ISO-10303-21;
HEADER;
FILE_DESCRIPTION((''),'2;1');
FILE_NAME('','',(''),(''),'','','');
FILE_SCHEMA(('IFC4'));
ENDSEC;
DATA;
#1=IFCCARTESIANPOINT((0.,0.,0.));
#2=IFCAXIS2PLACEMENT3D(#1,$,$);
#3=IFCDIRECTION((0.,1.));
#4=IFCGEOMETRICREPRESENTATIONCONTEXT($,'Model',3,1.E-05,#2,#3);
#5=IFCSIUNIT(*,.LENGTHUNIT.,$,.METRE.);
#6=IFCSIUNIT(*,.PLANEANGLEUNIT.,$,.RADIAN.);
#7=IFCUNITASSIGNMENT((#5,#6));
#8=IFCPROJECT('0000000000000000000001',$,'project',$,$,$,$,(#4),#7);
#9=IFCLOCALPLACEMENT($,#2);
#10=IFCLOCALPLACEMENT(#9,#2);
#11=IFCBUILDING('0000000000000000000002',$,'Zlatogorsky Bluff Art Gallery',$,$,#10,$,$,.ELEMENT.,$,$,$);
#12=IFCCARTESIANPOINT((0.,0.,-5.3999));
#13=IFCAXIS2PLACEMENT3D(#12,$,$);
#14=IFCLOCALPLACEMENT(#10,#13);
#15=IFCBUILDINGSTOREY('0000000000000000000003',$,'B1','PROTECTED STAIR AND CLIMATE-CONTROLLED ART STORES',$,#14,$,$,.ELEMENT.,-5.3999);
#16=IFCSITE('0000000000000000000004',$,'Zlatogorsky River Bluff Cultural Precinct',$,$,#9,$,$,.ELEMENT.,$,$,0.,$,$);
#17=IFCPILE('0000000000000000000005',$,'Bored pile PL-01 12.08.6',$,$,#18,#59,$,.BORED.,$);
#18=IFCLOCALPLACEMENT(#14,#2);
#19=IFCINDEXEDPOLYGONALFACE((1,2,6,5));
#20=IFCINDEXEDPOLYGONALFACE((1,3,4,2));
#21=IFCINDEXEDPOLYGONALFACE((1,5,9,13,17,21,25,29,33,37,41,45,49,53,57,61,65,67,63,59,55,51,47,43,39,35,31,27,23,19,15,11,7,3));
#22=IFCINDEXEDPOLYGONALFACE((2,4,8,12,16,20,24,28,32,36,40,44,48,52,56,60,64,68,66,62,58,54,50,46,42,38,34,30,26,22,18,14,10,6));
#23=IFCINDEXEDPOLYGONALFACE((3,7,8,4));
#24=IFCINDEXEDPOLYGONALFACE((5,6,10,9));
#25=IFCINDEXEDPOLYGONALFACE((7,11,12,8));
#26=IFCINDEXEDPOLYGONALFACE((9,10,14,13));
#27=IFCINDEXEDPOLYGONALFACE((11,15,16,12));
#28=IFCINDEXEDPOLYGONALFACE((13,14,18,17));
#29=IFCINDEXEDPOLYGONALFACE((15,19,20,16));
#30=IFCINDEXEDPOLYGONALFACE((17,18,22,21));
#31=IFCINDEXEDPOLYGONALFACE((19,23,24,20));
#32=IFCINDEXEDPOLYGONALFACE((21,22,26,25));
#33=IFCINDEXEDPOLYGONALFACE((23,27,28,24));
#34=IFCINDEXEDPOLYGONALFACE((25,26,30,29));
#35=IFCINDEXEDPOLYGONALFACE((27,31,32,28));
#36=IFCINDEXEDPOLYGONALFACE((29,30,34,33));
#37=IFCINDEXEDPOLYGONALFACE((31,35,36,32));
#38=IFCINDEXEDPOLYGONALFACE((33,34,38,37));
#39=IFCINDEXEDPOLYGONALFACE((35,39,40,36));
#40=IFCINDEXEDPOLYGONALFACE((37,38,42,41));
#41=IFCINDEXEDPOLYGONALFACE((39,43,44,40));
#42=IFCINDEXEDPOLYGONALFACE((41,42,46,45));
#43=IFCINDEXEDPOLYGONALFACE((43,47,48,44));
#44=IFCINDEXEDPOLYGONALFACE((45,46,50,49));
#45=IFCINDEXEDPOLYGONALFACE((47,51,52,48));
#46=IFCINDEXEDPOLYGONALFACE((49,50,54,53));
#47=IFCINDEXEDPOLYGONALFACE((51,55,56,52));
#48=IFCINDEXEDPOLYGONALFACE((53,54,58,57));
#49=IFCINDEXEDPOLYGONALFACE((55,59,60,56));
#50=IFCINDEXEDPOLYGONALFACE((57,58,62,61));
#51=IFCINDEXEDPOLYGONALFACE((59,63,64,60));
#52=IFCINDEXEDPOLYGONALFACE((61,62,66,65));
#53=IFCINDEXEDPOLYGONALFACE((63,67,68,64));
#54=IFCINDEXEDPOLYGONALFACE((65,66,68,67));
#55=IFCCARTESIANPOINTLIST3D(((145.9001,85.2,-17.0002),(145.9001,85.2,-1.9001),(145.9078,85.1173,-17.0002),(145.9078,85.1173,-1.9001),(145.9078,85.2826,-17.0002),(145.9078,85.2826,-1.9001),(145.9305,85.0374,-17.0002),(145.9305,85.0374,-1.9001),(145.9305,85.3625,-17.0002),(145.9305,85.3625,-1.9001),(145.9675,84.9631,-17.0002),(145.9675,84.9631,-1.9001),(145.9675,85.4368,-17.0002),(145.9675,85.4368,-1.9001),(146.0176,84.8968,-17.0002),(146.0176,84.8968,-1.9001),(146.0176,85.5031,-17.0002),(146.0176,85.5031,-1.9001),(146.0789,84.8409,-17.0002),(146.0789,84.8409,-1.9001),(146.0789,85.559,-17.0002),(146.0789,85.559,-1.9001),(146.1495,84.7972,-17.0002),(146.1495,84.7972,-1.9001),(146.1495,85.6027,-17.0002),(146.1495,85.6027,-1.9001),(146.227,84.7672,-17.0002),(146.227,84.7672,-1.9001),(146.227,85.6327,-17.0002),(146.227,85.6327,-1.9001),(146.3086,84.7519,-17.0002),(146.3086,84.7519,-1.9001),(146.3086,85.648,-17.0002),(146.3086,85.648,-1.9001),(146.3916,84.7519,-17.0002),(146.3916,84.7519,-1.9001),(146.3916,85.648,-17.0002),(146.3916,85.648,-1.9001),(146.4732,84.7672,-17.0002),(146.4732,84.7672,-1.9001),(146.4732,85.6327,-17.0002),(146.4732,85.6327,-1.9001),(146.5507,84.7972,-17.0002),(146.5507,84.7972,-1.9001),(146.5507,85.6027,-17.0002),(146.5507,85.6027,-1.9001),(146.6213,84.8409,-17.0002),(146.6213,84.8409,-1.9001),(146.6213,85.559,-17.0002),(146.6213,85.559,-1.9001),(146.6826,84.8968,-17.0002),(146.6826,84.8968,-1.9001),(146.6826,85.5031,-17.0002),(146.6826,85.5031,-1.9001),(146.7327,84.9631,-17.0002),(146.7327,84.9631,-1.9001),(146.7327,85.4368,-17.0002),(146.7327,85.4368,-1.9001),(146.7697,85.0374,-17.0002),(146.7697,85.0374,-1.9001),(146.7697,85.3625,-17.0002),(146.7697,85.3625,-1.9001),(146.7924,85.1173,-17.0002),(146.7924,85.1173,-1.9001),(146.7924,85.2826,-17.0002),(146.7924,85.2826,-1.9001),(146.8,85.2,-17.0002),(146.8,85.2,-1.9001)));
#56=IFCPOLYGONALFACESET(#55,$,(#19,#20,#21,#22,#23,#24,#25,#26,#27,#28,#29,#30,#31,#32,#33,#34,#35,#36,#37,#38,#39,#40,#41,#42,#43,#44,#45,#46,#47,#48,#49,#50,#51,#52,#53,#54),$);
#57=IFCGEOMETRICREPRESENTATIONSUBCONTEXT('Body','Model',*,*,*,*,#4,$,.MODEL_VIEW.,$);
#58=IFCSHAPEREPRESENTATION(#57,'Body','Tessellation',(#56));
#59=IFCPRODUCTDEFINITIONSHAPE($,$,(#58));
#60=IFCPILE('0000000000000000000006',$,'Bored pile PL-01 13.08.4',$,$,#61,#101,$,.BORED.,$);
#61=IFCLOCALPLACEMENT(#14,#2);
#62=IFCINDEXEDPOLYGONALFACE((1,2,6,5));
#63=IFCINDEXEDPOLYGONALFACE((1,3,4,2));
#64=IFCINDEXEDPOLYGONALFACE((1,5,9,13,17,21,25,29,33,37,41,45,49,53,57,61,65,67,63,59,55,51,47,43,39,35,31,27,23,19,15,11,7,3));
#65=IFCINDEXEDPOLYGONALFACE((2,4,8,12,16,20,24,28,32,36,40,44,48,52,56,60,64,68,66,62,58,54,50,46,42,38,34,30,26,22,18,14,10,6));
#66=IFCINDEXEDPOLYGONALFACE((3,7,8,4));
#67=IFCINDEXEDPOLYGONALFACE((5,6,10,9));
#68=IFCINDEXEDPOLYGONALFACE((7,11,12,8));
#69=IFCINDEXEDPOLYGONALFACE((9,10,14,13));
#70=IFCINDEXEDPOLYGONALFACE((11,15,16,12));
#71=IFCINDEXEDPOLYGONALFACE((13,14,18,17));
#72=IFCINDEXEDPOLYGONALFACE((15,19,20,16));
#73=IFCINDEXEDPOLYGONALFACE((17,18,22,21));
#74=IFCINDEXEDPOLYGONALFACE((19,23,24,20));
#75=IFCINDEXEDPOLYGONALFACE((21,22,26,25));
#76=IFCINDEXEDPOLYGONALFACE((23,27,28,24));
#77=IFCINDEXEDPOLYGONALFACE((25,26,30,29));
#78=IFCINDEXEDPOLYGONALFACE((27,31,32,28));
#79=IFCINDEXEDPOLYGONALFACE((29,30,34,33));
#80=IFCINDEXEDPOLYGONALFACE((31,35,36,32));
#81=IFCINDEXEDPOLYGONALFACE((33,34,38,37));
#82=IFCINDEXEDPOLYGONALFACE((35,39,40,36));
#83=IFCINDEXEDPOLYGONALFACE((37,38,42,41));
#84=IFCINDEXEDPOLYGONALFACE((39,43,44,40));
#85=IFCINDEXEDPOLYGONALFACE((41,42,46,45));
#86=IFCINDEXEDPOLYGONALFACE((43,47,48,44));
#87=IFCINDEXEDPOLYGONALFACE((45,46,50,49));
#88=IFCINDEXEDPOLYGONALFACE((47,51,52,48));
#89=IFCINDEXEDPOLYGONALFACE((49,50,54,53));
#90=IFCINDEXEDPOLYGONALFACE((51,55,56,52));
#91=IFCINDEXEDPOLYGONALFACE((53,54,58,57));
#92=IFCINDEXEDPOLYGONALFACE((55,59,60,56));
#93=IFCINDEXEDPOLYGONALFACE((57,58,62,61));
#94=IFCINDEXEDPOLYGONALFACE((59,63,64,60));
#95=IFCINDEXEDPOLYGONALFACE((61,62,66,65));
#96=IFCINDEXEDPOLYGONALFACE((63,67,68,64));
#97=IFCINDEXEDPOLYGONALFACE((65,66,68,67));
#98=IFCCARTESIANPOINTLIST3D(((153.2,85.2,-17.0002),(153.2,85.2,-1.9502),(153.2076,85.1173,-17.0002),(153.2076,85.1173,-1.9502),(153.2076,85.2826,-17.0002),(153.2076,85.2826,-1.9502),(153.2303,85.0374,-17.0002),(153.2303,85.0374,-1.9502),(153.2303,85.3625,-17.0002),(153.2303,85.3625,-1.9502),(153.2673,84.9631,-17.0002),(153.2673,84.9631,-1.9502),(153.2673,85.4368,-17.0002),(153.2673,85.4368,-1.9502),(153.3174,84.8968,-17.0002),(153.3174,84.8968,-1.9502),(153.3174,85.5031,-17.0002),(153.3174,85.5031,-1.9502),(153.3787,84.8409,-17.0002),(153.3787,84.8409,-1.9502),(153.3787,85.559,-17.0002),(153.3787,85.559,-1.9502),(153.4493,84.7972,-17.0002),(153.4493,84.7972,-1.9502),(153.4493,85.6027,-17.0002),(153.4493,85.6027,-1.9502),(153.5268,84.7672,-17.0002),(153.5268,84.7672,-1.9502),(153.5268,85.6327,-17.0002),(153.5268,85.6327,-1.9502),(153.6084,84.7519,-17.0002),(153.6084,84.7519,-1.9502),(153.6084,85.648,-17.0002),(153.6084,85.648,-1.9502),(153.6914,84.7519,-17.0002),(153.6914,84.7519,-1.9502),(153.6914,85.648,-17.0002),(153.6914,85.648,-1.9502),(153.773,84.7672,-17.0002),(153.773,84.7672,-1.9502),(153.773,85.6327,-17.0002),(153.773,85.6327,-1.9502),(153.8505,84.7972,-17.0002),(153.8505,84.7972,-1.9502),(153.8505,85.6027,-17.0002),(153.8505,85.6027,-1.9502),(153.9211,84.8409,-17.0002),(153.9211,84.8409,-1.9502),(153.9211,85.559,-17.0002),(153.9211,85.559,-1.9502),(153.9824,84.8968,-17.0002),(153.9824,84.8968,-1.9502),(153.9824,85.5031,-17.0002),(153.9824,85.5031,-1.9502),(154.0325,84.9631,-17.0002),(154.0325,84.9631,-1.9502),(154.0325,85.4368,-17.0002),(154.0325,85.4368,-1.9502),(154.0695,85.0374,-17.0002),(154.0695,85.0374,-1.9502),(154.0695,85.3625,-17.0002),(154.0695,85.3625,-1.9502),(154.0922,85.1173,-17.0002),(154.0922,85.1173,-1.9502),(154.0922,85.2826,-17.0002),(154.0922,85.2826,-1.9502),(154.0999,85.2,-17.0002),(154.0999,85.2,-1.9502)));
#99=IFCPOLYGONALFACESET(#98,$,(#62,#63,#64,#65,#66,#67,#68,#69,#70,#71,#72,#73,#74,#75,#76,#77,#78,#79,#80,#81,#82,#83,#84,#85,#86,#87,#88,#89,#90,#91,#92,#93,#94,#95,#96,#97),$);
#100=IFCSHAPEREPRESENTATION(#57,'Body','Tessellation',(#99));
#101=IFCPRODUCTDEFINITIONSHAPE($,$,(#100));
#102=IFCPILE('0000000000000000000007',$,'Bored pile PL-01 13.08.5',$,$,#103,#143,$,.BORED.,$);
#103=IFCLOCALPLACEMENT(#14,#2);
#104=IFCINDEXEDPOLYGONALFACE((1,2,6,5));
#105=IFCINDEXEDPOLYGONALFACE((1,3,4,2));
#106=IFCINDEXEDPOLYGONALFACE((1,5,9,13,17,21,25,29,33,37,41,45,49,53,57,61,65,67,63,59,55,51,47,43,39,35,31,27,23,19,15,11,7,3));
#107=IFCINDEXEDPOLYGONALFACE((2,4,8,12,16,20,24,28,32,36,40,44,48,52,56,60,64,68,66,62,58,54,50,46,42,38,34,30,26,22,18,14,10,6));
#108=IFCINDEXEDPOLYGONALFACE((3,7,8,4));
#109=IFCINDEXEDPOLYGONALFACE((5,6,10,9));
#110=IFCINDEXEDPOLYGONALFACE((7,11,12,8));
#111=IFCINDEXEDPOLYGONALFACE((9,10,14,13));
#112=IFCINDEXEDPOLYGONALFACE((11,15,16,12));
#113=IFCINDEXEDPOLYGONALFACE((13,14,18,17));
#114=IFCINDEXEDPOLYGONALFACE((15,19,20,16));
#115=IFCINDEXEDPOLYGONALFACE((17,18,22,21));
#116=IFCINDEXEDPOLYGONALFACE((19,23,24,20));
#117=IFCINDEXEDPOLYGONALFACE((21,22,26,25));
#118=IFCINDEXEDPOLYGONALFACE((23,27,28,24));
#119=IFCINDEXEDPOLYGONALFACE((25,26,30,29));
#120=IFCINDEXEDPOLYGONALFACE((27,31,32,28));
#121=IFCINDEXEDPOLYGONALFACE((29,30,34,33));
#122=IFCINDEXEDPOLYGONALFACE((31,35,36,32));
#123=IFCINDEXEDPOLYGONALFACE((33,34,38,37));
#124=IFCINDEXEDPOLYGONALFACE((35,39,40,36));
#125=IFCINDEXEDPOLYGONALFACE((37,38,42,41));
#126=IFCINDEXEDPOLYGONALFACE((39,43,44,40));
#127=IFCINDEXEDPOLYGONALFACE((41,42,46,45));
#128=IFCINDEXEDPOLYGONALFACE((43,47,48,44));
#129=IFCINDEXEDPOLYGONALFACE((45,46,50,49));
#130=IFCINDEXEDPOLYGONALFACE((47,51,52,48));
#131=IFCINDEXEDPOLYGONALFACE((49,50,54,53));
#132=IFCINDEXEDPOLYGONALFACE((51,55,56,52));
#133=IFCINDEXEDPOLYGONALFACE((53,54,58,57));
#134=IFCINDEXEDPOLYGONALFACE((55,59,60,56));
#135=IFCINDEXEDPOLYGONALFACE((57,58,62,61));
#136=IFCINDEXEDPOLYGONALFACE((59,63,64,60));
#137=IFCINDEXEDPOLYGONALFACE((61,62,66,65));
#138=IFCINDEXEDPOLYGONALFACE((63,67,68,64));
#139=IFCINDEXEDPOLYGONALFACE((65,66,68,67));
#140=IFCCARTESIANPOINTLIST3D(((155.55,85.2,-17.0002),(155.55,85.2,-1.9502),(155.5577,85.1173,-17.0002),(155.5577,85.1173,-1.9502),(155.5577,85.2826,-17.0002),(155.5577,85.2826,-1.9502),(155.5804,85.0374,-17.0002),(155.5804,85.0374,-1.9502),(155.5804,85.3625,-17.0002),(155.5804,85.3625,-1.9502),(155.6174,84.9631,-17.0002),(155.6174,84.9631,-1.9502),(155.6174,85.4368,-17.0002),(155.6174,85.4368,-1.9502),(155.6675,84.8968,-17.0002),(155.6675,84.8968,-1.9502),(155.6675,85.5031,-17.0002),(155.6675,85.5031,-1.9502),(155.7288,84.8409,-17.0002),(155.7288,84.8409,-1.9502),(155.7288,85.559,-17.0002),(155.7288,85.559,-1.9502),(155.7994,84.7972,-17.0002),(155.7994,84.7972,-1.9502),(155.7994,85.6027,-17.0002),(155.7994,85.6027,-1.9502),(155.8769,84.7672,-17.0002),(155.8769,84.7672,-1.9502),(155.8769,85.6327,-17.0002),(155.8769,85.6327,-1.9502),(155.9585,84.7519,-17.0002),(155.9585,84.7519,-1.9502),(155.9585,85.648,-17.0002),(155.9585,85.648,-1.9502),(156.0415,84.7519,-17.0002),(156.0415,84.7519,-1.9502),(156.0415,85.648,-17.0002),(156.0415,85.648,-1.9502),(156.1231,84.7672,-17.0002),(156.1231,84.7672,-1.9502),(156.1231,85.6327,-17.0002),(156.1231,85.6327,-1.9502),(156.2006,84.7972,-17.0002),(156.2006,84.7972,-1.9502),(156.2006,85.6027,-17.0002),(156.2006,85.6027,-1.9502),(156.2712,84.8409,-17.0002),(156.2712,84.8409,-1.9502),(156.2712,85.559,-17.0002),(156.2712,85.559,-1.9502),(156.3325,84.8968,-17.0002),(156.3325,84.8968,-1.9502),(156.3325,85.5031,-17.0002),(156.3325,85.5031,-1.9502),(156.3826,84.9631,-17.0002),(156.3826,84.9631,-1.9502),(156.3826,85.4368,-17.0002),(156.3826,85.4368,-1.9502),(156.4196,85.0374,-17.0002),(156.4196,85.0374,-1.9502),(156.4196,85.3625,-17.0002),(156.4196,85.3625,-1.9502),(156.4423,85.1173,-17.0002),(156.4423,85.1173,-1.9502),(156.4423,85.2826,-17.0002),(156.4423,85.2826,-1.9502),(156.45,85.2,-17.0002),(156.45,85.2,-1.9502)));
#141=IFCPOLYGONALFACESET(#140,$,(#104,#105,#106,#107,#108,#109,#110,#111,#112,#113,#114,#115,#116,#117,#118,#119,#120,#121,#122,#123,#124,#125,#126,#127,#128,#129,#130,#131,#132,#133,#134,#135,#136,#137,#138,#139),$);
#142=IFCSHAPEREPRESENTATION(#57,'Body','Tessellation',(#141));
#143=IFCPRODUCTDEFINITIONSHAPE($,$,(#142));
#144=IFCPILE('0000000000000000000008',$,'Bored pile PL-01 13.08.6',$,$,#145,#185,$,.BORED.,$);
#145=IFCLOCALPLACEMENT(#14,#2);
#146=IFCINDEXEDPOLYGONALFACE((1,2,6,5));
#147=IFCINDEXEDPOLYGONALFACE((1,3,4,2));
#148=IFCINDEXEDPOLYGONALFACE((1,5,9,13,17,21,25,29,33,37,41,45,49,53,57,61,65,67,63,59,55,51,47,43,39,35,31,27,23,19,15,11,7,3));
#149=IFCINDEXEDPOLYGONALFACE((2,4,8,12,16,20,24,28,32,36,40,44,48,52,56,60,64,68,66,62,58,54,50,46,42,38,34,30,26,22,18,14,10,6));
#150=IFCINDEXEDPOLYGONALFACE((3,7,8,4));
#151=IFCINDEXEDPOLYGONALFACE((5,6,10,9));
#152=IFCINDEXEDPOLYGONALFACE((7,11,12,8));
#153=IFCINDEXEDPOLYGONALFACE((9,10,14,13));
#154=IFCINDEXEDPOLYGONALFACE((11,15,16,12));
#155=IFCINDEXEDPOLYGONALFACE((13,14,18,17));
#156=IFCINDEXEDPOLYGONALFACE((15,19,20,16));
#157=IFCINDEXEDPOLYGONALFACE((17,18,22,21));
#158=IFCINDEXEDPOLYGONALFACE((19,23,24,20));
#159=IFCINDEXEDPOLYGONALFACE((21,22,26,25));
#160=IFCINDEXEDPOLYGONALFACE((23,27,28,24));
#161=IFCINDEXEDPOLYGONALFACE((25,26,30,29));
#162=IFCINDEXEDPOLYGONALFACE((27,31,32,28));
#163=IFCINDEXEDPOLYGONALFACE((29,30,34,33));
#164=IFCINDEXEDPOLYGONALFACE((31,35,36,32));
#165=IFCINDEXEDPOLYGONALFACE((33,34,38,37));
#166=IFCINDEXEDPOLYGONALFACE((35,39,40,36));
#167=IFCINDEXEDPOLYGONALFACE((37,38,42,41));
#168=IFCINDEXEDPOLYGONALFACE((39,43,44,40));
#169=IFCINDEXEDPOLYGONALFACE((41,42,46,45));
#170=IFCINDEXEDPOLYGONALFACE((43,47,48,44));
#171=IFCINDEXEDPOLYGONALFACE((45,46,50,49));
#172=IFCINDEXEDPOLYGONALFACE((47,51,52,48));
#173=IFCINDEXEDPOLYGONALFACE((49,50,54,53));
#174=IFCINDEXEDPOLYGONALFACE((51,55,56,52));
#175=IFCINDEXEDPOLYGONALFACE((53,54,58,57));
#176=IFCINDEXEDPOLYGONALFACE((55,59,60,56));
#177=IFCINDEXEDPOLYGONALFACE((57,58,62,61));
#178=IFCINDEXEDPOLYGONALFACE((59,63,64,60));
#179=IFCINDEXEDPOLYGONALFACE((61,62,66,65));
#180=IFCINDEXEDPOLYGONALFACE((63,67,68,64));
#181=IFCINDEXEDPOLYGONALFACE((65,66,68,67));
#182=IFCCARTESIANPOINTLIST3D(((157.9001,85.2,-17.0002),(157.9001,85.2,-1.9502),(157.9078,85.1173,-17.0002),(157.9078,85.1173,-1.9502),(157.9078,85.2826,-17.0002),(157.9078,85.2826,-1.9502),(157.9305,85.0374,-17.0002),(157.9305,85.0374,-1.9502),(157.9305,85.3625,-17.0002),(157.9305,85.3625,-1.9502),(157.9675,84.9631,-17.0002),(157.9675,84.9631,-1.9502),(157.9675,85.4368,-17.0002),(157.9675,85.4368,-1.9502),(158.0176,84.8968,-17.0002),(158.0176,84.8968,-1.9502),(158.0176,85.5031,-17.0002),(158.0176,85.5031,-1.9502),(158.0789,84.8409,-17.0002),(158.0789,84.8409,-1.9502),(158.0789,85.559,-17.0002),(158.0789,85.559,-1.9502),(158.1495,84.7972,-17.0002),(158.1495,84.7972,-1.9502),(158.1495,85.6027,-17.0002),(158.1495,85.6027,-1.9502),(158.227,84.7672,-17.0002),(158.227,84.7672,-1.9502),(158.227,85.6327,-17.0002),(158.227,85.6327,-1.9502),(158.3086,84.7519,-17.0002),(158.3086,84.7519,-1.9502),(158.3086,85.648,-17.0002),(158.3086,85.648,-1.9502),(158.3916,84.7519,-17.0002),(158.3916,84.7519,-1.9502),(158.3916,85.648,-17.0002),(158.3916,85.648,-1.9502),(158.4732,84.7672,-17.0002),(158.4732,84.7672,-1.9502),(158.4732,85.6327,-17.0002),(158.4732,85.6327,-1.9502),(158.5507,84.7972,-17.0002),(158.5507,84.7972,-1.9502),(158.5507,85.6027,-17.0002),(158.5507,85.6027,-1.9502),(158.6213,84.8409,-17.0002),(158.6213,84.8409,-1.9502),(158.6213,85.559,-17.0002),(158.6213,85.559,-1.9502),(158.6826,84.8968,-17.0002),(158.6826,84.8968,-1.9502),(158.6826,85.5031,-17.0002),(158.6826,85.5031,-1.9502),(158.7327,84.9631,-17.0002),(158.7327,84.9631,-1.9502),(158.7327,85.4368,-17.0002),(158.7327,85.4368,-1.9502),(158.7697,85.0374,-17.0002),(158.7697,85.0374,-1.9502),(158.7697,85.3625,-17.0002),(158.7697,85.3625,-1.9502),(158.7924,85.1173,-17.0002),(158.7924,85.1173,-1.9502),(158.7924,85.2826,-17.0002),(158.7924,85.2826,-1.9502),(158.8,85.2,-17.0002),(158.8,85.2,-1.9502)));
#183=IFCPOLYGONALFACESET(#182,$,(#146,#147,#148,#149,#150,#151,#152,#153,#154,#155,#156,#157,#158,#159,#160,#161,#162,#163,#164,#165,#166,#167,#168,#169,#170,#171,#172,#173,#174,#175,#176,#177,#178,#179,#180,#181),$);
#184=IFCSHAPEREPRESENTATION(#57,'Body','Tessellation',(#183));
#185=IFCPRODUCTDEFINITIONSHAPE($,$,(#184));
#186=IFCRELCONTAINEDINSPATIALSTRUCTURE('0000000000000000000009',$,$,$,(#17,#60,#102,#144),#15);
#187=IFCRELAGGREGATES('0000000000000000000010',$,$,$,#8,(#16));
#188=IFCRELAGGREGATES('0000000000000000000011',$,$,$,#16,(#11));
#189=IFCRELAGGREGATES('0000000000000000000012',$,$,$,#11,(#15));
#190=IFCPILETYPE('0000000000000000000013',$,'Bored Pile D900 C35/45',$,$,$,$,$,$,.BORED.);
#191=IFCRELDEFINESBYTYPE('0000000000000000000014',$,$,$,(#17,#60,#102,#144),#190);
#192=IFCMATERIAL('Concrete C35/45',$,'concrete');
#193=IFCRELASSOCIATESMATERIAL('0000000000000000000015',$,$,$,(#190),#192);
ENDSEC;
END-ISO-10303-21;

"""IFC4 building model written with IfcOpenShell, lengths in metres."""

from ifc_helpers import new_model, si_unit, direction, frame, origin, origin_2d, place, context, subcontext, project, spatial, circle, extrude, material, material_profile, profile_set, type_object, element, save


model = new_model("IFC4")

# Units and contexts
model_context = context("Model", 3, precision=1e-05, world=origin(), true_north=direction((0.0, 1.0)))
body_context = subcontext(model_context, "Body", "Model", "MODEL_VIEW")
ifc_project = project(units=[si_unit("LENGTHUNIT", "METRE"), si_unit("PLANEANGLEUNIT", "RADIAN")], contexts=[model_context])

# Site, building, storey
site_placement = place(None, origin())
site = spatial("IfcSite", under=ifc_project, at=site_placement, Name="Zlatogorsky River Bluff Cultural Precinct", CompositionType="ELEMENT", RefElevation=0.0)
building_placement = place(site_placement, origin())
building = spatial("IfcBuilding", under=site, at=building_placement, Name="Zlatogorsky Bluff Art Gallery", CompositionType="ELEMENT")
storey_placement = place(building_placement, frame((0.0, 0.0, -5.3999)))
storey = spatial("IfcBuildingStorey", under=building, at=storey_placement, Name="B1", Description="PROTECTED STAIR AND CLIMATE-CONTROLLED ART STORES", CompositionType="ELEMENT", Elevation=-5.3999)

# Piles
ifc_material_1 = material(Name="Concrete C35/45", Category="concrete")
ifc_material_profile_1 = material_profile(ifc_material_1, circle(Radius=0.45, at=origin_2d()), Name="BORED PILE D900")
ifc_profile_set_1 = profile_set([ifc_material_profile_1], Name="Concrete C35/45")
pile_type = type_object("IfcPileType", Name="Bored Pile D900 C35/45", PredefinedType="BORED", material=ifc_profile_set_1)
for number, where, z_axis, x_axis, name in (
    (1, (146.3501, 85.2, -1.9001), (0.0, 0.0, -1.0), (1.0, 0.0, 0.0), "Bored pile PL-01 12.08.6"),
):
    element("IfcPile", number, at=place(storey_placement, frame(where, z_axis=z_axis, x_axis=x_axis)), inside=storey, type_object=pile_type, Name=name, PredefinedType="BORED", context=body_context, shape_type="SweptSolid", body=[
        extrude(circle(Radius=0.45, at=origin_2d()), origin(), (0.0, 0.0, 1.0), 15.1001),
    ])
for number, where, z_axis, x_axis, name in (
    (2, (153.6499, 85.2, -1.9502), (0.0, 0.0, -1.0), (1.0, 0.0, 0.0), "Bored pile PL-01 13.08.4"),
    (3, (156.0, 85.2, -1.9502), (0.0, 0.0, -1.0), (1.0, 0.0, 0.0), "Bored pile PL-01 13.08.5"),
    (4, (158.3501, 85.2, -1.9502), (0.0, 0.0, -1.0), (1.0, 0.0, 0.0), "Bored pile PL-01 13.08.6"),
):
    element("IfcPile", number, at=place(storey_placement, frame(where, z_axis=z_axis, x_axis=x_axis)), inside=storey, type_object=pile_type, Name=name, PredefinedType="BORED", context=body_context, shape_type="SweptSolid", body=[
        extrude(circle(Radius=0.45, at=origin_2d()), origin(), (0.0, 0.0, 1.0), 15.05),
    ])

save(model, "model.ifc")
